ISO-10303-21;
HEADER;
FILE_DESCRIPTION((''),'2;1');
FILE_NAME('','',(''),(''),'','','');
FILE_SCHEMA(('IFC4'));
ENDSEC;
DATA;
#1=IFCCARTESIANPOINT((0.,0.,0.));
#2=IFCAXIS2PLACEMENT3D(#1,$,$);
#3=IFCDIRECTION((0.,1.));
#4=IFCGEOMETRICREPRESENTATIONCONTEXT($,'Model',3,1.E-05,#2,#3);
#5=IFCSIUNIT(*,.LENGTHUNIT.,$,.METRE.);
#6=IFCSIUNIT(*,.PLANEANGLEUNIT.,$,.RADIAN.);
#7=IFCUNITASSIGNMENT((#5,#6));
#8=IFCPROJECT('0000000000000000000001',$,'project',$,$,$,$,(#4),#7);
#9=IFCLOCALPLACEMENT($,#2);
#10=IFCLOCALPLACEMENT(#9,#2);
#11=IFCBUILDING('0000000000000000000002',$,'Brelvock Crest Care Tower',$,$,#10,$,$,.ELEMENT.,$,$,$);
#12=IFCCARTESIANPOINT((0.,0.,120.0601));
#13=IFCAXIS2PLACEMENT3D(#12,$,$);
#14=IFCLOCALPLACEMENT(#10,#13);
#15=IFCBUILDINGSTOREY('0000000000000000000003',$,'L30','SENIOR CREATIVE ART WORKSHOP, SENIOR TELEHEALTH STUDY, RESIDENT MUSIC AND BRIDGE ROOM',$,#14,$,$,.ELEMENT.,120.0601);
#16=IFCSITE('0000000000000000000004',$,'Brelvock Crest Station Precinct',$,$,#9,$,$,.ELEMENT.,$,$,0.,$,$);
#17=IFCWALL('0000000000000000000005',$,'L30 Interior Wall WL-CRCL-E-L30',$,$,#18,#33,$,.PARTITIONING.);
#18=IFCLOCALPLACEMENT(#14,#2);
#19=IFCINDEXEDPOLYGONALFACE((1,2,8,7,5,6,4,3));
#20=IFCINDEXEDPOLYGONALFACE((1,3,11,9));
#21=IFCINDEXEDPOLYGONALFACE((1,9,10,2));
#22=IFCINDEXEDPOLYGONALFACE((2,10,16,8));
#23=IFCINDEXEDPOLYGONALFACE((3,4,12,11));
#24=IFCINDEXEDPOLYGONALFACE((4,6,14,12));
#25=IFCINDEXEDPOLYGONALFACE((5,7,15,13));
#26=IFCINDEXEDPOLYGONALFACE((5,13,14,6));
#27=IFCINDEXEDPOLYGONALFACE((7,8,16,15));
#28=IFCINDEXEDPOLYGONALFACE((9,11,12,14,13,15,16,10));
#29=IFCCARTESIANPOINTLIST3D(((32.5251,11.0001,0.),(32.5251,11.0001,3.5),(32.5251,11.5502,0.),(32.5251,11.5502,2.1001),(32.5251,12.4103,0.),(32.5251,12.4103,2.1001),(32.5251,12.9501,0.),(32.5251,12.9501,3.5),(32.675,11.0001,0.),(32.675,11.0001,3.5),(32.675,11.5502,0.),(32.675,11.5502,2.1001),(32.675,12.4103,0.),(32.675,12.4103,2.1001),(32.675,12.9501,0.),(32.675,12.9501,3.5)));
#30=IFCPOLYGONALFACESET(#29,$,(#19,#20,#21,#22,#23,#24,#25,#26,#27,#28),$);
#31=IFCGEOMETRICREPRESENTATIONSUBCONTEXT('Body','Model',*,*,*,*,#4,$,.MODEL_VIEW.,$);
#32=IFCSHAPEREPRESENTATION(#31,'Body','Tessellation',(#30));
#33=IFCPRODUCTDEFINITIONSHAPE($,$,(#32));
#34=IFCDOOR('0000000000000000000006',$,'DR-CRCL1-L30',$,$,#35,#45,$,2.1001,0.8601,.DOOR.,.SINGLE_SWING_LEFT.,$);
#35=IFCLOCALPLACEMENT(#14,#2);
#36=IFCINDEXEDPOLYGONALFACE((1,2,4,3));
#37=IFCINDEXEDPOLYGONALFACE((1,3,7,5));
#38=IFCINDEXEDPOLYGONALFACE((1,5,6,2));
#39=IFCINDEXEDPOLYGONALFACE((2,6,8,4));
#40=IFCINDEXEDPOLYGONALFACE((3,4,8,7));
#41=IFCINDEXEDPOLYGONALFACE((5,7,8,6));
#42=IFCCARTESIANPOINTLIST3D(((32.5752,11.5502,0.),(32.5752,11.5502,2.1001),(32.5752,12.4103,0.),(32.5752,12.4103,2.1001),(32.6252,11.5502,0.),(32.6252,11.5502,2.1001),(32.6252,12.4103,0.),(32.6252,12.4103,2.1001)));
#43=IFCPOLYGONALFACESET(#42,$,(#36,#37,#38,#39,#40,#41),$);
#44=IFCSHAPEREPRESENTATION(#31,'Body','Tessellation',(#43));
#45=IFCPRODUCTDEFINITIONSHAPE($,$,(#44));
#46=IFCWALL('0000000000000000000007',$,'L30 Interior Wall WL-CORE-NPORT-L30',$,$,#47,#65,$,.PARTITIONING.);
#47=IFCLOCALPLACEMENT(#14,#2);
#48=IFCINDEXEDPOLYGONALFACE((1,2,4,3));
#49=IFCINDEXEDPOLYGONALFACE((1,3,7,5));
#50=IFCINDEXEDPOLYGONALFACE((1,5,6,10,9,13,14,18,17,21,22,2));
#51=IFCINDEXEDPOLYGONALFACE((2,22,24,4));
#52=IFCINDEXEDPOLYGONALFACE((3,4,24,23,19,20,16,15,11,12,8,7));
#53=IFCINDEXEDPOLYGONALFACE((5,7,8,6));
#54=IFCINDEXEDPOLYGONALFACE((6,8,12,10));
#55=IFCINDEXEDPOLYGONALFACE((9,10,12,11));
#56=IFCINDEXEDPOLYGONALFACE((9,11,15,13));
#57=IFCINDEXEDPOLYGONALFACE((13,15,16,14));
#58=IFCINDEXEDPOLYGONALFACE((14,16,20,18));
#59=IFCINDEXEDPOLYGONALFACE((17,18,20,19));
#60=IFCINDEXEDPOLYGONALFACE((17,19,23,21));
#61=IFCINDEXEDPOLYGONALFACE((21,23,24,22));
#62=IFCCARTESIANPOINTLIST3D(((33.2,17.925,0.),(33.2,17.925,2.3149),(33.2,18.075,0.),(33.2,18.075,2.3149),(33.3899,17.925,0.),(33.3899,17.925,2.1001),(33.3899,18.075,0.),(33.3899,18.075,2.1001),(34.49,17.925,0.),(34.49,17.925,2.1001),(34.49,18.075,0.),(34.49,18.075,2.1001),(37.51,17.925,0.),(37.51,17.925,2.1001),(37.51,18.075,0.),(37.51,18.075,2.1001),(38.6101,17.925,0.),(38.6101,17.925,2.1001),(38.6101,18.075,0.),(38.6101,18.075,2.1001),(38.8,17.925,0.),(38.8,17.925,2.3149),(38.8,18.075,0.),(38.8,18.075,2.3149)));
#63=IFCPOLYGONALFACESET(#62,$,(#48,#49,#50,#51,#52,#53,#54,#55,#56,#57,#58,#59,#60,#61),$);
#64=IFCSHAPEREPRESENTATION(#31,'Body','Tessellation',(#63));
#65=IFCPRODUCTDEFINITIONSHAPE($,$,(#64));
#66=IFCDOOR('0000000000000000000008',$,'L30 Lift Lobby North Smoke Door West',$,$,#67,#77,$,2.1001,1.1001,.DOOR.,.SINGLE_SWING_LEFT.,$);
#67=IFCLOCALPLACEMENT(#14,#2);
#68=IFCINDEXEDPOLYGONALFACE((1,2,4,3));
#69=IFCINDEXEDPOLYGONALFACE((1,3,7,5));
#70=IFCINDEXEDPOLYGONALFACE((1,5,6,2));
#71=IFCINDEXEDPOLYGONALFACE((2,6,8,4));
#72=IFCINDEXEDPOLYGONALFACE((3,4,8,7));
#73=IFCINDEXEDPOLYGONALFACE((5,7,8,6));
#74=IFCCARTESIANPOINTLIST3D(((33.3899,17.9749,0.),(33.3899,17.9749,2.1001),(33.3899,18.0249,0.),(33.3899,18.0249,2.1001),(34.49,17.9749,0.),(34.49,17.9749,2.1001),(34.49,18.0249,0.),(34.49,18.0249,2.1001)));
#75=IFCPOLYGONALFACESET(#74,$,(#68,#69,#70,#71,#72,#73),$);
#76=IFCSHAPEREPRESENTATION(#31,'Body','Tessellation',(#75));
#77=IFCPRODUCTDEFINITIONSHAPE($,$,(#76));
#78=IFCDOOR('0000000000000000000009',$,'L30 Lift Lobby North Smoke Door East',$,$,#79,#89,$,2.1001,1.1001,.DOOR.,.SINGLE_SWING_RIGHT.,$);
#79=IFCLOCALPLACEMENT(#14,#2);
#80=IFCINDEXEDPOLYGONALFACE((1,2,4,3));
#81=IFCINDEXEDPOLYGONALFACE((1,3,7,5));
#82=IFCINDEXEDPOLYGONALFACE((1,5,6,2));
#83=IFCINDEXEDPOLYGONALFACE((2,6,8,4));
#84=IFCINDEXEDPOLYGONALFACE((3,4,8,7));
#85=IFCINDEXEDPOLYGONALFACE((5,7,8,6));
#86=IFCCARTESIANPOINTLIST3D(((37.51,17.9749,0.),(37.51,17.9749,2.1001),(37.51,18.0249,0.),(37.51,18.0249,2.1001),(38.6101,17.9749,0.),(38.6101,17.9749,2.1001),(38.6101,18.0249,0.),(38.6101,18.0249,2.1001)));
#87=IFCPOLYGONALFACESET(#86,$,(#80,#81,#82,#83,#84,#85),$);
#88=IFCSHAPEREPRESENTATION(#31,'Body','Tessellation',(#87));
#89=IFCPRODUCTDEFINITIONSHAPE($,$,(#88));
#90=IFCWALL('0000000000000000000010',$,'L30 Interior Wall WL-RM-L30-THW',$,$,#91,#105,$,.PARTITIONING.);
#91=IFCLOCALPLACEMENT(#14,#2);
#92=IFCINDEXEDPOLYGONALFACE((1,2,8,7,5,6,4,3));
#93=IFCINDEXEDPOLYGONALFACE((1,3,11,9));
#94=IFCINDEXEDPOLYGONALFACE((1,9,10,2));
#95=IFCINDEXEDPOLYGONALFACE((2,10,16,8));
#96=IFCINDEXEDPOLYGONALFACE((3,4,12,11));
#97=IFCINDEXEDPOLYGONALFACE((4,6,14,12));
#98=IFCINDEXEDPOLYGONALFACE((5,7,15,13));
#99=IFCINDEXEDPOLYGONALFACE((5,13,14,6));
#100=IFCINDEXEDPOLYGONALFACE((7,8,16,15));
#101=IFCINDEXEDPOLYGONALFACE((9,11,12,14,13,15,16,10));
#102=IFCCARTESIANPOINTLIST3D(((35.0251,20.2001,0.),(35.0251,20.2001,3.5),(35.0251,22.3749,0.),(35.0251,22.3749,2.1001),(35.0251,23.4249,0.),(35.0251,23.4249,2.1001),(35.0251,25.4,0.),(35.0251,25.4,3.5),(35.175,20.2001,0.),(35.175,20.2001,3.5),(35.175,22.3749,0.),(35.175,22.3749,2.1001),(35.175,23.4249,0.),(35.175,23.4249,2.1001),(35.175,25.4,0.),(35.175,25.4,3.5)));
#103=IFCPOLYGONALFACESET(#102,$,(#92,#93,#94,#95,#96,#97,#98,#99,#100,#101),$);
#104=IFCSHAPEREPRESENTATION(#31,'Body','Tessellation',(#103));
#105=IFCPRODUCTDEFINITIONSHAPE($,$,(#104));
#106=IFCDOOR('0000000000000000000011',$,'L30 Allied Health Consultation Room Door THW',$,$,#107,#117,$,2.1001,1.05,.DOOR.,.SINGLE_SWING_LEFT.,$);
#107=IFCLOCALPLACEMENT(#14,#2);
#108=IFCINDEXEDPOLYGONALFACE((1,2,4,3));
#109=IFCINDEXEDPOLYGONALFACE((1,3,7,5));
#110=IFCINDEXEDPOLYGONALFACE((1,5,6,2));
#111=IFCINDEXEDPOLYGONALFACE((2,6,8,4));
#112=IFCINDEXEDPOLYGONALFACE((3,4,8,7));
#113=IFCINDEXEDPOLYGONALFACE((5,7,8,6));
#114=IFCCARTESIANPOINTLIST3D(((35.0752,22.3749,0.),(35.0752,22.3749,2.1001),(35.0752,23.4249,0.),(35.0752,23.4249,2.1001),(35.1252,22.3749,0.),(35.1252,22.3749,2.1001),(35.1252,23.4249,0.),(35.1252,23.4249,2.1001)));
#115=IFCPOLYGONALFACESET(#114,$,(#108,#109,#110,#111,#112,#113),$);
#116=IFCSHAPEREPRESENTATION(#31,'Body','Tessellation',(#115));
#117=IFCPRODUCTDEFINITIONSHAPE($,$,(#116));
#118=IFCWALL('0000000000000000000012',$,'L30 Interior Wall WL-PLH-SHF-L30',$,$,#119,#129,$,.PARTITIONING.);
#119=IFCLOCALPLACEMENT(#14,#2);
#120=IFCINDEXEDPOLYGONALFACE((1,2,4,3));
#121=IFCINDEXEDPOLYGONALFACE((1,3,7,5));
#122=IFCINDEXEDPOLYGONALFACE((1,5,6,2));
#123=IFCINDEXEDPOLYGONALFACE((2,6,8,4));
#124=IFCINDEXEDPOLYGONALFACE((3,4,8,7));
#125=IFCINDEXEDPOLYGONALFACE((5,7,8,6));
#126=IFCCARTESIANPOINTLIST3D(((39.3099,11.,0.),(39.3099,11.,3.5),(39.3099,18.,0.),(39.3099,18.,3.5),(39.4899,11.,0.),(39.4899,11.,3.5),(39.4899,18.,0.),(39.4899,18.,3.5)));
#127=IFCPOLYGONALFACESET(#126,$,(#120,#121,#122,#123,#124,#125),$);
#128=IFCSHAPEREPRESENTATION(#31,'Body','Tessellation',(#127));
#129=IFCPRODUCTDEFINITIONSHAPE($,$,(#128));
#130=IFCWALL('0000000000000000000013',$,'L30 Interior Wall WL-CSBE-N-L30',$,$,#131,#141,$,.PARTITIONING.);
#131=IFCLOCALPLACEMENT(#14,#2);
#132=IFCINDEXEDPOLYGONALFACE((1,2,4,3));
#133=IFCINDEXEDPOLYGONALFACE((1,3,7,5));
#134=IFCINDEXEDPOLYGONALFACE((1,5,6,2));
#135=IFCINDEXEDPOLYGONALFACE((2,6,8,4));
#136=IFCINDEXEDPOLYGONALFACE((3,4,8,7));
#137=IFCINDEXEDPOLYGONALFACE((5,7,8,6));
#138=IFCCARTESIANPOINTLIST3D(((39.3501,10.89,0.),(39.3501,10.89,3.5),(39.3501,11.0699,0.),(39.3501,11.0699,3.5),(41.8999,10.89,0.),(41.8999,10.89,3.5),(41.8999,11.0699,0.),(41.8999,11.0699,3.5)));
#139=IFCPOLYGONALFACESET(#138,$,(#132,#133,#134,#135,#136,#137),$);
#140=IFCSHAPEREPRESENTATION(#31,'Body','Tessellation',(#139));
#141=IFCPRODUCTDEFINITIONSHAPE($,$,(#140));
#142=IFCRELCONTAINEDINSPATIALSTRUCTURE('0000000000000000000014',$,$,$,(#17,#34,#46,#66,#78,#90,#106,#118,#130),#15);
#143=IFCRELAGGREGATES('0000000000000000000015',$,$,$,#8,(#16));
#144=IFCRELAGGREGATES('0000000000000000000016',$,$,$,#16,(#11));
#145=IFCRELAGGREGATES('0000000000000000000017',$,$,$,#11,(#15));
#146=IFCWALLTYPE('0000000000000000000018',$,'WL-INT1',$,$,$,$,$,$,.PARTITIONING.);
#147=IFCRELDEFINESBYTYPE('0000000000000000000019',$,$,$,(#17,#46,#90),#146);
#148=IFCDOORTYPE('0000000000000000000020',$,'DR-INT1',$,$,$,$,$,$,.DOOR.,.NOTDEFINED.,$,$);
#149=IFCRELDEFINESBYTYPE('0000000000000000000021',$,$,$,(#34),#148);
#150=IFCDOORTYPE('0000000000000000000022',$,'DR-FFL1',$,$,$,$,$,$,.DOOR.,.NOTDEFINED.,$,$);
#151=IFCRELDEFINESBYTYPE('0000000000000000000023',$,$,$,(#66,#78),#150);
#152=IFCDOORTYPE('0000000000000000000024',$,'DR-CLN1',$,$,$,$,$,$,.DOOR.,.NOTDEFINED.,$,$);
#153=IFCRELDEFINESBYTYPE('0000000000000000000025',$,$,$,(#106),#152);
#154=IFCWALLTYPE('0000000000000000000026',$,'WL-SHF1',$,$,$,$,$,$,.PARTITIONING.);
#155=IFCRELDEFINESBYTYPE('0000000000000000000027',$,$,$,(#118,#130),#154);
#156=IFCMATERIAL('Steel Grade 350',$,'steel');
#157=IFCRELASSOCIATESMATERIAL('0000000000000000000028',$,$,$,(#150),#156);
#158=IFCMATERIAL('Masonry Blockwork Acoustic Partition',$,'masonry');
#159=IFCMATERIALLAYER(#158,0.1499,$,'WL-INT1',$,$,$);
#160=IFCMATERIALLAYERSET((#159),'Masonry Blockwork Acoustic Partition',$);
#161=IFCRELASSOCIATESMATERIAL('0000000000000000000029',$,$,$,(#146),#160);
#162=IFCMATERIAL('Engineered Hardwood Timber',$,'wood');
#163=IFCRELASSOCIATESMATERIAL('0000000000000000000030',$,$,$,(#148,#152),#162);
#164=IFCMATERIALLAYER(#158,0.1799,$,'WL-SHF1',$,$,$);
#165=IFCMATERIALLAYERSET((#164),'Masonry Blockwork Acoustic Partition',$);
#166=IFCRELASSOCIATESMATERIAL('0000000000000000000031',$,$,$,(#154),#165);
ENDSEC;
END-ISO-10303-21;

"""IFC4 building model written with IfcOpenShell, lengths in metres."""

from ifc_helpers import new_model, si_unit, direction, frame, frame_2d, origin, origin_2d, place, context, subcontext, project, spatial, rectangle, extrude, source, transform, mapped, material, layer, layer_set, type_object, element, fill, save


model = new_model("IFC4")

# Units and contexts
model_context = context("Model", 3, precision=1e-05, world=origin(), true_north=direction((0.0, 1.0)))
body_context = subcontext(model_context, "Body", "Model", "MODEL_VIEW")
ifc_project = project(units=[si_unit("LENGTHUNIT", "METRE"), si_unit("PLANEANGLEUNIT", "RADIAN")], contexts=[model_context])

# Site, building, storey
site_placement = place(None, origin())
site = spatial("IfcSite", under=ifc_project, at=site_placement, Name="Brelvock Crest Station Precinct", CompositionType="ELEMENT", RefElevation=0.0)
building_placement = place(site_placement, origin())
building = spatial("IfcBuilding", under=site, at=building_placement, Name="Brelvock Crest Care Tower", CompositionType="ELEMENT")
storey_placement = place(building_placement, frame((0.0, 0.0, 120.0601)))
storey = spatial("IfcBuildingStorey", under=building, at=storey_placement, Name="L30", Description="SENIOR CREATIVE ART WORKSHOP, SENIOR TELEHEALTH STUDY, RESIDENT MUSIC AND BRIDGE ROOM", CompositionType="ELEMENT", Elevation=120.0601)

# Shared definitions
ifc_material_1 = material(Name="Steel Grade 350", Category="steel")

# Wall, opening, door
door_type_1 = type_object("IfcDoorType", Name="DR-FFL1", OperationType="NOTDEFINED", PredefinedType="DOOR", material=ifc_material_1)
shared_shape_1 = source(origin(), body_context, "Body", "SweptSolid", [
    extrude(rectangle(XDim=1.1001, YDim=2.1001, at=origin_2d()), frame((0.55, 0.0249, 1.05), z_axis=(0.0, -1.0, 0.0), x_axis=(1.0, 0.0, 0.0)), (0.0, 0.0, 1.0), 0.05),
])
ifc_material_2 = material(Name="Masonry Blockwork Acoustic Partition", Category="masonry")
ifc_layer_1 = layer(ifc_material_2, 0.1499, Name="WL-INT1")
ifc_layer_set_1 = layer_set([ifc_layer_1], Name="Masonry Blockwork Acoustic Partition")
wall_type_1 = type_object("IfcWallType", Name="WL-INT1", PredefinedType="PARTITIONING", material=ifc_layer_set_1)
wall_1_placement = place(storey_placement, frame((32.6001, 11.0, 0.0), z_axis=(0.0, 0.0, 1.0), x_axis=(0.0, 1.0, 0.0)))
wall_1 = element("IfcWall", 1, at=wall_1_placement, inside=storey, type_object=wall_type_1, Name="L30 Interior Wall WL-CRCL-E-L30", PredefinedType="PARTITIONING", context=body_context, shape_type="SweptSolid", body=[
    extrude(rectangle(XDim=1.95, YDim=0.1499, at=frame_2d((0.9751, 0.0))), origin(), (0.0, 0.0, 1.0), 3.5),
])
opening_1_placement = place(wall_1_placement, frame((0.55, 0.0, 0.0)))
opening_1 = element("IfcOpeningElement", 2, at=opening_1_placement, cuts=wall_1, PredefinedType="OPENING", context=body_context, shape_type="SweptSolid", body=[
    extrude(rectangle(XDim=0.8601, YDim=2.1001, at=origin_2d()), frame((0.4302, 0.085, 1.05), z_axis=(0.0, -1.0, 0.0), x_axis=(1.0, 0.0, 0.0)), (0.0, 0.0, 1.0), 0.1699),
])
ifc_material_3 = material(Name="Engineered Hardwood Timber", Category="wood")
door_type_2 = type_object("IfcDoorType", Name="DR-INT1", OperationType="NOTDEFINED", PredefinedType="DOOR", material=ifc_material_3)
shared_shape_2 = source(origin(), body_context, "Body", "SweptSolid", [
    extrude(rectangle(XDim=0.8601, YDim=2.1001, at=origin_2d()), frame((0.4302, 0.0249, 1.05), z_axis=(0.0, -1.0, 0.0), x_axis=(1.0, 0.0, 0.0)), (0.0, 0.0, 1.0), 0.05),
])
door_1_placement = place(opening_1_placement, origin())
door_1 = element("IfcDoor", 3, at=door_1_placement, inside=storey, type_object=door_type_2, Name="DR-CRCL1-L30", OperationType="SINGLE_SWING_LEFT", OverallHeight=2.1001, OverallWidth=0.8601, PredefinedType="DOOR", context=body_context, shape_type="MappedRepresentation", body=[
    mapped(shared_shape_2, transform((0.0, 0.0, 0.0), x_axis=(1.0, 0.0, 0.0), y_axis=(0.0, 1.0, 0.0), z_axis=(0.0, 0.0, 1.0), scale=1.0)),
])
fill(opening_1, door_1)

# Wall, openings, doors
wall_2_placement = place(storey_placement, frame((33.2, 18.0, 0.0), z_axis=(0.0, 0.0, 1.0), x_axis=(1.0, 0.0, 0.0)))
wall_2 = element("IfcWall", 4, at=wall_2_placement, inside=storey, type_object=wall_type_1, Name="L30 Interior Wall WL-CORE-NPORT-L30", PredefinedType="PARTITIONING", context=body_context, shape_type="SweptSolid", body=[
    extrude(rectangle(XDim=5.6001, YDim=0.1499, at=frame_2d((2.8, 0.0))), origin(), (0.0, 0.0, 1.0), 2.3149),
])
opening_2_placement = place(wall_2_placement, frame((0.1899, 0.0, 0.0)))
opening_2 = element("IfcOpeningElement", 5, at=opening_2_placement, cuts=wall_2, PredefinedType="OPENING", context=body_context, shape_type="SweptSolid", body=[
    extrude(rectangle(XDim=1.1001, YDim=2.1001, at=origin_2d()), frame((0.55, 0.085, 1.05), z_axis=(0.0, -1.0, 0.0), x_axis=(1.0, 0.0, 0.0)), (0.0, 0.0, 1.0), 0.1699),
])
opening_3_placement = place(wall_2_placement, frame((4.3101, 0.0, 0.0)))
opening_3 = element("IfcOpeningElement", 6, at=opening_3_placement, cuts=wall_2, PredefinedType="OPENING", context=body_context, shape_type="SweptSolid", body=[
    extrude(rectangle(XDim=1.1001, YDim=2.1001, at=origin_2d()), frame((0.55, 0.085, 1.05), z_axis=(0.0, -1.0, 0.0), x_axis=(1.0, 0.0, 0.0)), (0.0, 0.0, 1.0), 0.1699),
])
door_2_placement = place(opening_2_placement, origin())
door_2 = element("IfcDoor", 7, at=door_2_placement, inside=storey, type_object=door_type_1, Name="L30 Lift Lobby North Smoke Door West", OperationType="SINGLE_SWING_LEFT", OverallHeight=2.1001, OverallWidth=1.1001, PredefinedType="DOOR", context=body_context, shape_type="MappedRepresentation", body=[
    mapped(shared_shape_1, transform((0.0, 0.0, 0.0), x_axis=(1.0, 0.0, 0.0), y_axis=(0.0, 1.0, 0.0), z_axis=(0.0, 0.0, 1.0), scale=1.0)),
])
fill(opening_2, door_2)
door_3_placement = place(opening_3_placement, origin())
door_3 = element("IfcDoor", 8, at=door_3_placement, inside=storey, type_object=door_type_1, Name="L30 Lift Lobby North Smoke Door East", OperationType="SINGLE_SWING_RIGHT", OverallHeight=2.1001, OverallWidth=1.1001, PredefinedType="DOOR", context=body_context, shape_type="MappedRepresentation", body=[
    mapped(shared_shape_1, transform((0.0, 0.0, 0.0), x_axis=(1.0, 0.0, 0.0), y_axis=(0.0, 1.0, 0.0), z_axis=(0.0, 0.0, 1.0), scale=1.0)),
])
fill(opening_3, door_3)

# Wall, opening, door
wall_3_placement = place(storey_placement, frame((35.1001, 20.2, 0.0), z_axis=(0.0, 0.0, 1.0), x_axis=(0.0, 1.0, 0.0)))
wall_3 = element("IfcWall", 9, at=wall_3_placement, inside=storey, type_object=wall_type_1, Name="L30 Interior Wall WL-RM-L30-THW", PredefinedType="PARTITIONING", context=body_context, shape_type="SweptSolid", body=[
    extrude(rectangle(XDim=5.2, YDim=0.1499, at=frame_2d((2.6001, 0.0))), origin(), (0.0, 0.0, 1.0), 3.5),
])
opening_4_placement = place(wall_3_placement, frame((2.175, 0.0, 0.0)))
opening_4 = element("IfcOpeningElement", 10, at=opening_4_placement, cuts=wall_3, PredefinedType="OPENING", context=body_context, shape_type="SweptSolid", body=[
    extrude(rectangle(XDim=1.05, YDim=2.1001, at=origin_2d()), frame((0.5249, 0.085, 1.05), z_axis=(0.0, -1.0, 0.0), x_axis=(1.0, 0.0, 0.0)), (0.0, 0.0, 1.0), 0.1699),
])
door_type_3 = type_object("IfcDoorType", Name="DR-CLN1", OperationType="NOTDEFINED", PredefinedType="DOOR", material=ifc_material_3)
shared_shape_3 = source(origin(), body_context, "Body", "SweptSolid", [
    extrude(rectangle(XDim=1.05, YDim=2.1001, at=origin_2d()), frame((0.5249, 0.0249, 1.05), z_axis=(0.0, -1.0, 0.0), x_axis=(1.0, 0.0, 0.0)), (0.0, 0.0, 1.0), 0.05),
])
door_4_placement = place(opening_4_placement, origin())
door_4 = element("IfcDoor", 11, at=door_4_placement, inside=storey, type_object=door_type_3, Name="L30 Allied Health Consultation Room Door THW", OperationType="SINGLE_SWING_LEFT", OverallHeight=2.1001, OverallWidth=1.05, PredefinedType="DOOR", context=body_context, shape_type="MappedRepresentation", body=[
    mapped(shared_shape_3, transform((0.0, 0.0, 0.0), x_axis=(1.0, 0.0, 0.0), y_axis=(0.0, 1.0, 0.0), z_axis=(0.0, 0.0, 1.0), scale=1.0)),
])
fill(opening_4, door_4)

# Walls
ifc_layer_2 = layer(ifc_material_2, 0.1799, Name="WL-SHF1")
ifc_layer_set_2 = layer_set([ifc_layer_2], Name="Masonry Blockwork Acoustic Partition")
wall_type_2 = type_object("IfcWallType", Name="WL-SHF1", PredefinedType="PARTITIONING", material=ifc_layer_set_2)
wall_4_placement = place(storey_placement, frame((39.3999, 11.0, 0.0), z_axis=(0.0, 0.0, 1.0), x_axis=(0.0, 1.0, 0.0)))
element("IfcWall", 12, at=wall_4_placement, inside=storey, type_object=wall_type_2, Name="L30 Interior Wall WL-PLH-SHF-L30", PredefinedType="PARTITIONING", context=body_context, shape_type="SweptSolid", body=[
    extrude(rectangle(XDim=7.0, YDim=0.1799, at=frame_2d((3.5, 0.0))), origin(), (0.0, 0.0, 1.0), 3.5),
])
wall_5_placement = place(storey_placement, frame((39.3501, 10.98, 0.0), z_axis=(0.0, 0.0, 1.0), x_axis=(1.0, 0.0, 0.0)))
element("IfcWall", 13, at=wall_5_placement, inside=storey, type_object=wall_type_2, Name="L30 Interior Wall WL-CSBE-N-L30", PredefinedType="PARTITIONING", context=body_context, shape_type="SweptSolid", body=[
    extrude(rectangle(XDim=2.5498, YDim=0.1799, at=frame_2d((1.2749, 0.0))), origin(), (0.0, 0.0, 1.0), 3.5),
])

save(model, "model.ifc")
